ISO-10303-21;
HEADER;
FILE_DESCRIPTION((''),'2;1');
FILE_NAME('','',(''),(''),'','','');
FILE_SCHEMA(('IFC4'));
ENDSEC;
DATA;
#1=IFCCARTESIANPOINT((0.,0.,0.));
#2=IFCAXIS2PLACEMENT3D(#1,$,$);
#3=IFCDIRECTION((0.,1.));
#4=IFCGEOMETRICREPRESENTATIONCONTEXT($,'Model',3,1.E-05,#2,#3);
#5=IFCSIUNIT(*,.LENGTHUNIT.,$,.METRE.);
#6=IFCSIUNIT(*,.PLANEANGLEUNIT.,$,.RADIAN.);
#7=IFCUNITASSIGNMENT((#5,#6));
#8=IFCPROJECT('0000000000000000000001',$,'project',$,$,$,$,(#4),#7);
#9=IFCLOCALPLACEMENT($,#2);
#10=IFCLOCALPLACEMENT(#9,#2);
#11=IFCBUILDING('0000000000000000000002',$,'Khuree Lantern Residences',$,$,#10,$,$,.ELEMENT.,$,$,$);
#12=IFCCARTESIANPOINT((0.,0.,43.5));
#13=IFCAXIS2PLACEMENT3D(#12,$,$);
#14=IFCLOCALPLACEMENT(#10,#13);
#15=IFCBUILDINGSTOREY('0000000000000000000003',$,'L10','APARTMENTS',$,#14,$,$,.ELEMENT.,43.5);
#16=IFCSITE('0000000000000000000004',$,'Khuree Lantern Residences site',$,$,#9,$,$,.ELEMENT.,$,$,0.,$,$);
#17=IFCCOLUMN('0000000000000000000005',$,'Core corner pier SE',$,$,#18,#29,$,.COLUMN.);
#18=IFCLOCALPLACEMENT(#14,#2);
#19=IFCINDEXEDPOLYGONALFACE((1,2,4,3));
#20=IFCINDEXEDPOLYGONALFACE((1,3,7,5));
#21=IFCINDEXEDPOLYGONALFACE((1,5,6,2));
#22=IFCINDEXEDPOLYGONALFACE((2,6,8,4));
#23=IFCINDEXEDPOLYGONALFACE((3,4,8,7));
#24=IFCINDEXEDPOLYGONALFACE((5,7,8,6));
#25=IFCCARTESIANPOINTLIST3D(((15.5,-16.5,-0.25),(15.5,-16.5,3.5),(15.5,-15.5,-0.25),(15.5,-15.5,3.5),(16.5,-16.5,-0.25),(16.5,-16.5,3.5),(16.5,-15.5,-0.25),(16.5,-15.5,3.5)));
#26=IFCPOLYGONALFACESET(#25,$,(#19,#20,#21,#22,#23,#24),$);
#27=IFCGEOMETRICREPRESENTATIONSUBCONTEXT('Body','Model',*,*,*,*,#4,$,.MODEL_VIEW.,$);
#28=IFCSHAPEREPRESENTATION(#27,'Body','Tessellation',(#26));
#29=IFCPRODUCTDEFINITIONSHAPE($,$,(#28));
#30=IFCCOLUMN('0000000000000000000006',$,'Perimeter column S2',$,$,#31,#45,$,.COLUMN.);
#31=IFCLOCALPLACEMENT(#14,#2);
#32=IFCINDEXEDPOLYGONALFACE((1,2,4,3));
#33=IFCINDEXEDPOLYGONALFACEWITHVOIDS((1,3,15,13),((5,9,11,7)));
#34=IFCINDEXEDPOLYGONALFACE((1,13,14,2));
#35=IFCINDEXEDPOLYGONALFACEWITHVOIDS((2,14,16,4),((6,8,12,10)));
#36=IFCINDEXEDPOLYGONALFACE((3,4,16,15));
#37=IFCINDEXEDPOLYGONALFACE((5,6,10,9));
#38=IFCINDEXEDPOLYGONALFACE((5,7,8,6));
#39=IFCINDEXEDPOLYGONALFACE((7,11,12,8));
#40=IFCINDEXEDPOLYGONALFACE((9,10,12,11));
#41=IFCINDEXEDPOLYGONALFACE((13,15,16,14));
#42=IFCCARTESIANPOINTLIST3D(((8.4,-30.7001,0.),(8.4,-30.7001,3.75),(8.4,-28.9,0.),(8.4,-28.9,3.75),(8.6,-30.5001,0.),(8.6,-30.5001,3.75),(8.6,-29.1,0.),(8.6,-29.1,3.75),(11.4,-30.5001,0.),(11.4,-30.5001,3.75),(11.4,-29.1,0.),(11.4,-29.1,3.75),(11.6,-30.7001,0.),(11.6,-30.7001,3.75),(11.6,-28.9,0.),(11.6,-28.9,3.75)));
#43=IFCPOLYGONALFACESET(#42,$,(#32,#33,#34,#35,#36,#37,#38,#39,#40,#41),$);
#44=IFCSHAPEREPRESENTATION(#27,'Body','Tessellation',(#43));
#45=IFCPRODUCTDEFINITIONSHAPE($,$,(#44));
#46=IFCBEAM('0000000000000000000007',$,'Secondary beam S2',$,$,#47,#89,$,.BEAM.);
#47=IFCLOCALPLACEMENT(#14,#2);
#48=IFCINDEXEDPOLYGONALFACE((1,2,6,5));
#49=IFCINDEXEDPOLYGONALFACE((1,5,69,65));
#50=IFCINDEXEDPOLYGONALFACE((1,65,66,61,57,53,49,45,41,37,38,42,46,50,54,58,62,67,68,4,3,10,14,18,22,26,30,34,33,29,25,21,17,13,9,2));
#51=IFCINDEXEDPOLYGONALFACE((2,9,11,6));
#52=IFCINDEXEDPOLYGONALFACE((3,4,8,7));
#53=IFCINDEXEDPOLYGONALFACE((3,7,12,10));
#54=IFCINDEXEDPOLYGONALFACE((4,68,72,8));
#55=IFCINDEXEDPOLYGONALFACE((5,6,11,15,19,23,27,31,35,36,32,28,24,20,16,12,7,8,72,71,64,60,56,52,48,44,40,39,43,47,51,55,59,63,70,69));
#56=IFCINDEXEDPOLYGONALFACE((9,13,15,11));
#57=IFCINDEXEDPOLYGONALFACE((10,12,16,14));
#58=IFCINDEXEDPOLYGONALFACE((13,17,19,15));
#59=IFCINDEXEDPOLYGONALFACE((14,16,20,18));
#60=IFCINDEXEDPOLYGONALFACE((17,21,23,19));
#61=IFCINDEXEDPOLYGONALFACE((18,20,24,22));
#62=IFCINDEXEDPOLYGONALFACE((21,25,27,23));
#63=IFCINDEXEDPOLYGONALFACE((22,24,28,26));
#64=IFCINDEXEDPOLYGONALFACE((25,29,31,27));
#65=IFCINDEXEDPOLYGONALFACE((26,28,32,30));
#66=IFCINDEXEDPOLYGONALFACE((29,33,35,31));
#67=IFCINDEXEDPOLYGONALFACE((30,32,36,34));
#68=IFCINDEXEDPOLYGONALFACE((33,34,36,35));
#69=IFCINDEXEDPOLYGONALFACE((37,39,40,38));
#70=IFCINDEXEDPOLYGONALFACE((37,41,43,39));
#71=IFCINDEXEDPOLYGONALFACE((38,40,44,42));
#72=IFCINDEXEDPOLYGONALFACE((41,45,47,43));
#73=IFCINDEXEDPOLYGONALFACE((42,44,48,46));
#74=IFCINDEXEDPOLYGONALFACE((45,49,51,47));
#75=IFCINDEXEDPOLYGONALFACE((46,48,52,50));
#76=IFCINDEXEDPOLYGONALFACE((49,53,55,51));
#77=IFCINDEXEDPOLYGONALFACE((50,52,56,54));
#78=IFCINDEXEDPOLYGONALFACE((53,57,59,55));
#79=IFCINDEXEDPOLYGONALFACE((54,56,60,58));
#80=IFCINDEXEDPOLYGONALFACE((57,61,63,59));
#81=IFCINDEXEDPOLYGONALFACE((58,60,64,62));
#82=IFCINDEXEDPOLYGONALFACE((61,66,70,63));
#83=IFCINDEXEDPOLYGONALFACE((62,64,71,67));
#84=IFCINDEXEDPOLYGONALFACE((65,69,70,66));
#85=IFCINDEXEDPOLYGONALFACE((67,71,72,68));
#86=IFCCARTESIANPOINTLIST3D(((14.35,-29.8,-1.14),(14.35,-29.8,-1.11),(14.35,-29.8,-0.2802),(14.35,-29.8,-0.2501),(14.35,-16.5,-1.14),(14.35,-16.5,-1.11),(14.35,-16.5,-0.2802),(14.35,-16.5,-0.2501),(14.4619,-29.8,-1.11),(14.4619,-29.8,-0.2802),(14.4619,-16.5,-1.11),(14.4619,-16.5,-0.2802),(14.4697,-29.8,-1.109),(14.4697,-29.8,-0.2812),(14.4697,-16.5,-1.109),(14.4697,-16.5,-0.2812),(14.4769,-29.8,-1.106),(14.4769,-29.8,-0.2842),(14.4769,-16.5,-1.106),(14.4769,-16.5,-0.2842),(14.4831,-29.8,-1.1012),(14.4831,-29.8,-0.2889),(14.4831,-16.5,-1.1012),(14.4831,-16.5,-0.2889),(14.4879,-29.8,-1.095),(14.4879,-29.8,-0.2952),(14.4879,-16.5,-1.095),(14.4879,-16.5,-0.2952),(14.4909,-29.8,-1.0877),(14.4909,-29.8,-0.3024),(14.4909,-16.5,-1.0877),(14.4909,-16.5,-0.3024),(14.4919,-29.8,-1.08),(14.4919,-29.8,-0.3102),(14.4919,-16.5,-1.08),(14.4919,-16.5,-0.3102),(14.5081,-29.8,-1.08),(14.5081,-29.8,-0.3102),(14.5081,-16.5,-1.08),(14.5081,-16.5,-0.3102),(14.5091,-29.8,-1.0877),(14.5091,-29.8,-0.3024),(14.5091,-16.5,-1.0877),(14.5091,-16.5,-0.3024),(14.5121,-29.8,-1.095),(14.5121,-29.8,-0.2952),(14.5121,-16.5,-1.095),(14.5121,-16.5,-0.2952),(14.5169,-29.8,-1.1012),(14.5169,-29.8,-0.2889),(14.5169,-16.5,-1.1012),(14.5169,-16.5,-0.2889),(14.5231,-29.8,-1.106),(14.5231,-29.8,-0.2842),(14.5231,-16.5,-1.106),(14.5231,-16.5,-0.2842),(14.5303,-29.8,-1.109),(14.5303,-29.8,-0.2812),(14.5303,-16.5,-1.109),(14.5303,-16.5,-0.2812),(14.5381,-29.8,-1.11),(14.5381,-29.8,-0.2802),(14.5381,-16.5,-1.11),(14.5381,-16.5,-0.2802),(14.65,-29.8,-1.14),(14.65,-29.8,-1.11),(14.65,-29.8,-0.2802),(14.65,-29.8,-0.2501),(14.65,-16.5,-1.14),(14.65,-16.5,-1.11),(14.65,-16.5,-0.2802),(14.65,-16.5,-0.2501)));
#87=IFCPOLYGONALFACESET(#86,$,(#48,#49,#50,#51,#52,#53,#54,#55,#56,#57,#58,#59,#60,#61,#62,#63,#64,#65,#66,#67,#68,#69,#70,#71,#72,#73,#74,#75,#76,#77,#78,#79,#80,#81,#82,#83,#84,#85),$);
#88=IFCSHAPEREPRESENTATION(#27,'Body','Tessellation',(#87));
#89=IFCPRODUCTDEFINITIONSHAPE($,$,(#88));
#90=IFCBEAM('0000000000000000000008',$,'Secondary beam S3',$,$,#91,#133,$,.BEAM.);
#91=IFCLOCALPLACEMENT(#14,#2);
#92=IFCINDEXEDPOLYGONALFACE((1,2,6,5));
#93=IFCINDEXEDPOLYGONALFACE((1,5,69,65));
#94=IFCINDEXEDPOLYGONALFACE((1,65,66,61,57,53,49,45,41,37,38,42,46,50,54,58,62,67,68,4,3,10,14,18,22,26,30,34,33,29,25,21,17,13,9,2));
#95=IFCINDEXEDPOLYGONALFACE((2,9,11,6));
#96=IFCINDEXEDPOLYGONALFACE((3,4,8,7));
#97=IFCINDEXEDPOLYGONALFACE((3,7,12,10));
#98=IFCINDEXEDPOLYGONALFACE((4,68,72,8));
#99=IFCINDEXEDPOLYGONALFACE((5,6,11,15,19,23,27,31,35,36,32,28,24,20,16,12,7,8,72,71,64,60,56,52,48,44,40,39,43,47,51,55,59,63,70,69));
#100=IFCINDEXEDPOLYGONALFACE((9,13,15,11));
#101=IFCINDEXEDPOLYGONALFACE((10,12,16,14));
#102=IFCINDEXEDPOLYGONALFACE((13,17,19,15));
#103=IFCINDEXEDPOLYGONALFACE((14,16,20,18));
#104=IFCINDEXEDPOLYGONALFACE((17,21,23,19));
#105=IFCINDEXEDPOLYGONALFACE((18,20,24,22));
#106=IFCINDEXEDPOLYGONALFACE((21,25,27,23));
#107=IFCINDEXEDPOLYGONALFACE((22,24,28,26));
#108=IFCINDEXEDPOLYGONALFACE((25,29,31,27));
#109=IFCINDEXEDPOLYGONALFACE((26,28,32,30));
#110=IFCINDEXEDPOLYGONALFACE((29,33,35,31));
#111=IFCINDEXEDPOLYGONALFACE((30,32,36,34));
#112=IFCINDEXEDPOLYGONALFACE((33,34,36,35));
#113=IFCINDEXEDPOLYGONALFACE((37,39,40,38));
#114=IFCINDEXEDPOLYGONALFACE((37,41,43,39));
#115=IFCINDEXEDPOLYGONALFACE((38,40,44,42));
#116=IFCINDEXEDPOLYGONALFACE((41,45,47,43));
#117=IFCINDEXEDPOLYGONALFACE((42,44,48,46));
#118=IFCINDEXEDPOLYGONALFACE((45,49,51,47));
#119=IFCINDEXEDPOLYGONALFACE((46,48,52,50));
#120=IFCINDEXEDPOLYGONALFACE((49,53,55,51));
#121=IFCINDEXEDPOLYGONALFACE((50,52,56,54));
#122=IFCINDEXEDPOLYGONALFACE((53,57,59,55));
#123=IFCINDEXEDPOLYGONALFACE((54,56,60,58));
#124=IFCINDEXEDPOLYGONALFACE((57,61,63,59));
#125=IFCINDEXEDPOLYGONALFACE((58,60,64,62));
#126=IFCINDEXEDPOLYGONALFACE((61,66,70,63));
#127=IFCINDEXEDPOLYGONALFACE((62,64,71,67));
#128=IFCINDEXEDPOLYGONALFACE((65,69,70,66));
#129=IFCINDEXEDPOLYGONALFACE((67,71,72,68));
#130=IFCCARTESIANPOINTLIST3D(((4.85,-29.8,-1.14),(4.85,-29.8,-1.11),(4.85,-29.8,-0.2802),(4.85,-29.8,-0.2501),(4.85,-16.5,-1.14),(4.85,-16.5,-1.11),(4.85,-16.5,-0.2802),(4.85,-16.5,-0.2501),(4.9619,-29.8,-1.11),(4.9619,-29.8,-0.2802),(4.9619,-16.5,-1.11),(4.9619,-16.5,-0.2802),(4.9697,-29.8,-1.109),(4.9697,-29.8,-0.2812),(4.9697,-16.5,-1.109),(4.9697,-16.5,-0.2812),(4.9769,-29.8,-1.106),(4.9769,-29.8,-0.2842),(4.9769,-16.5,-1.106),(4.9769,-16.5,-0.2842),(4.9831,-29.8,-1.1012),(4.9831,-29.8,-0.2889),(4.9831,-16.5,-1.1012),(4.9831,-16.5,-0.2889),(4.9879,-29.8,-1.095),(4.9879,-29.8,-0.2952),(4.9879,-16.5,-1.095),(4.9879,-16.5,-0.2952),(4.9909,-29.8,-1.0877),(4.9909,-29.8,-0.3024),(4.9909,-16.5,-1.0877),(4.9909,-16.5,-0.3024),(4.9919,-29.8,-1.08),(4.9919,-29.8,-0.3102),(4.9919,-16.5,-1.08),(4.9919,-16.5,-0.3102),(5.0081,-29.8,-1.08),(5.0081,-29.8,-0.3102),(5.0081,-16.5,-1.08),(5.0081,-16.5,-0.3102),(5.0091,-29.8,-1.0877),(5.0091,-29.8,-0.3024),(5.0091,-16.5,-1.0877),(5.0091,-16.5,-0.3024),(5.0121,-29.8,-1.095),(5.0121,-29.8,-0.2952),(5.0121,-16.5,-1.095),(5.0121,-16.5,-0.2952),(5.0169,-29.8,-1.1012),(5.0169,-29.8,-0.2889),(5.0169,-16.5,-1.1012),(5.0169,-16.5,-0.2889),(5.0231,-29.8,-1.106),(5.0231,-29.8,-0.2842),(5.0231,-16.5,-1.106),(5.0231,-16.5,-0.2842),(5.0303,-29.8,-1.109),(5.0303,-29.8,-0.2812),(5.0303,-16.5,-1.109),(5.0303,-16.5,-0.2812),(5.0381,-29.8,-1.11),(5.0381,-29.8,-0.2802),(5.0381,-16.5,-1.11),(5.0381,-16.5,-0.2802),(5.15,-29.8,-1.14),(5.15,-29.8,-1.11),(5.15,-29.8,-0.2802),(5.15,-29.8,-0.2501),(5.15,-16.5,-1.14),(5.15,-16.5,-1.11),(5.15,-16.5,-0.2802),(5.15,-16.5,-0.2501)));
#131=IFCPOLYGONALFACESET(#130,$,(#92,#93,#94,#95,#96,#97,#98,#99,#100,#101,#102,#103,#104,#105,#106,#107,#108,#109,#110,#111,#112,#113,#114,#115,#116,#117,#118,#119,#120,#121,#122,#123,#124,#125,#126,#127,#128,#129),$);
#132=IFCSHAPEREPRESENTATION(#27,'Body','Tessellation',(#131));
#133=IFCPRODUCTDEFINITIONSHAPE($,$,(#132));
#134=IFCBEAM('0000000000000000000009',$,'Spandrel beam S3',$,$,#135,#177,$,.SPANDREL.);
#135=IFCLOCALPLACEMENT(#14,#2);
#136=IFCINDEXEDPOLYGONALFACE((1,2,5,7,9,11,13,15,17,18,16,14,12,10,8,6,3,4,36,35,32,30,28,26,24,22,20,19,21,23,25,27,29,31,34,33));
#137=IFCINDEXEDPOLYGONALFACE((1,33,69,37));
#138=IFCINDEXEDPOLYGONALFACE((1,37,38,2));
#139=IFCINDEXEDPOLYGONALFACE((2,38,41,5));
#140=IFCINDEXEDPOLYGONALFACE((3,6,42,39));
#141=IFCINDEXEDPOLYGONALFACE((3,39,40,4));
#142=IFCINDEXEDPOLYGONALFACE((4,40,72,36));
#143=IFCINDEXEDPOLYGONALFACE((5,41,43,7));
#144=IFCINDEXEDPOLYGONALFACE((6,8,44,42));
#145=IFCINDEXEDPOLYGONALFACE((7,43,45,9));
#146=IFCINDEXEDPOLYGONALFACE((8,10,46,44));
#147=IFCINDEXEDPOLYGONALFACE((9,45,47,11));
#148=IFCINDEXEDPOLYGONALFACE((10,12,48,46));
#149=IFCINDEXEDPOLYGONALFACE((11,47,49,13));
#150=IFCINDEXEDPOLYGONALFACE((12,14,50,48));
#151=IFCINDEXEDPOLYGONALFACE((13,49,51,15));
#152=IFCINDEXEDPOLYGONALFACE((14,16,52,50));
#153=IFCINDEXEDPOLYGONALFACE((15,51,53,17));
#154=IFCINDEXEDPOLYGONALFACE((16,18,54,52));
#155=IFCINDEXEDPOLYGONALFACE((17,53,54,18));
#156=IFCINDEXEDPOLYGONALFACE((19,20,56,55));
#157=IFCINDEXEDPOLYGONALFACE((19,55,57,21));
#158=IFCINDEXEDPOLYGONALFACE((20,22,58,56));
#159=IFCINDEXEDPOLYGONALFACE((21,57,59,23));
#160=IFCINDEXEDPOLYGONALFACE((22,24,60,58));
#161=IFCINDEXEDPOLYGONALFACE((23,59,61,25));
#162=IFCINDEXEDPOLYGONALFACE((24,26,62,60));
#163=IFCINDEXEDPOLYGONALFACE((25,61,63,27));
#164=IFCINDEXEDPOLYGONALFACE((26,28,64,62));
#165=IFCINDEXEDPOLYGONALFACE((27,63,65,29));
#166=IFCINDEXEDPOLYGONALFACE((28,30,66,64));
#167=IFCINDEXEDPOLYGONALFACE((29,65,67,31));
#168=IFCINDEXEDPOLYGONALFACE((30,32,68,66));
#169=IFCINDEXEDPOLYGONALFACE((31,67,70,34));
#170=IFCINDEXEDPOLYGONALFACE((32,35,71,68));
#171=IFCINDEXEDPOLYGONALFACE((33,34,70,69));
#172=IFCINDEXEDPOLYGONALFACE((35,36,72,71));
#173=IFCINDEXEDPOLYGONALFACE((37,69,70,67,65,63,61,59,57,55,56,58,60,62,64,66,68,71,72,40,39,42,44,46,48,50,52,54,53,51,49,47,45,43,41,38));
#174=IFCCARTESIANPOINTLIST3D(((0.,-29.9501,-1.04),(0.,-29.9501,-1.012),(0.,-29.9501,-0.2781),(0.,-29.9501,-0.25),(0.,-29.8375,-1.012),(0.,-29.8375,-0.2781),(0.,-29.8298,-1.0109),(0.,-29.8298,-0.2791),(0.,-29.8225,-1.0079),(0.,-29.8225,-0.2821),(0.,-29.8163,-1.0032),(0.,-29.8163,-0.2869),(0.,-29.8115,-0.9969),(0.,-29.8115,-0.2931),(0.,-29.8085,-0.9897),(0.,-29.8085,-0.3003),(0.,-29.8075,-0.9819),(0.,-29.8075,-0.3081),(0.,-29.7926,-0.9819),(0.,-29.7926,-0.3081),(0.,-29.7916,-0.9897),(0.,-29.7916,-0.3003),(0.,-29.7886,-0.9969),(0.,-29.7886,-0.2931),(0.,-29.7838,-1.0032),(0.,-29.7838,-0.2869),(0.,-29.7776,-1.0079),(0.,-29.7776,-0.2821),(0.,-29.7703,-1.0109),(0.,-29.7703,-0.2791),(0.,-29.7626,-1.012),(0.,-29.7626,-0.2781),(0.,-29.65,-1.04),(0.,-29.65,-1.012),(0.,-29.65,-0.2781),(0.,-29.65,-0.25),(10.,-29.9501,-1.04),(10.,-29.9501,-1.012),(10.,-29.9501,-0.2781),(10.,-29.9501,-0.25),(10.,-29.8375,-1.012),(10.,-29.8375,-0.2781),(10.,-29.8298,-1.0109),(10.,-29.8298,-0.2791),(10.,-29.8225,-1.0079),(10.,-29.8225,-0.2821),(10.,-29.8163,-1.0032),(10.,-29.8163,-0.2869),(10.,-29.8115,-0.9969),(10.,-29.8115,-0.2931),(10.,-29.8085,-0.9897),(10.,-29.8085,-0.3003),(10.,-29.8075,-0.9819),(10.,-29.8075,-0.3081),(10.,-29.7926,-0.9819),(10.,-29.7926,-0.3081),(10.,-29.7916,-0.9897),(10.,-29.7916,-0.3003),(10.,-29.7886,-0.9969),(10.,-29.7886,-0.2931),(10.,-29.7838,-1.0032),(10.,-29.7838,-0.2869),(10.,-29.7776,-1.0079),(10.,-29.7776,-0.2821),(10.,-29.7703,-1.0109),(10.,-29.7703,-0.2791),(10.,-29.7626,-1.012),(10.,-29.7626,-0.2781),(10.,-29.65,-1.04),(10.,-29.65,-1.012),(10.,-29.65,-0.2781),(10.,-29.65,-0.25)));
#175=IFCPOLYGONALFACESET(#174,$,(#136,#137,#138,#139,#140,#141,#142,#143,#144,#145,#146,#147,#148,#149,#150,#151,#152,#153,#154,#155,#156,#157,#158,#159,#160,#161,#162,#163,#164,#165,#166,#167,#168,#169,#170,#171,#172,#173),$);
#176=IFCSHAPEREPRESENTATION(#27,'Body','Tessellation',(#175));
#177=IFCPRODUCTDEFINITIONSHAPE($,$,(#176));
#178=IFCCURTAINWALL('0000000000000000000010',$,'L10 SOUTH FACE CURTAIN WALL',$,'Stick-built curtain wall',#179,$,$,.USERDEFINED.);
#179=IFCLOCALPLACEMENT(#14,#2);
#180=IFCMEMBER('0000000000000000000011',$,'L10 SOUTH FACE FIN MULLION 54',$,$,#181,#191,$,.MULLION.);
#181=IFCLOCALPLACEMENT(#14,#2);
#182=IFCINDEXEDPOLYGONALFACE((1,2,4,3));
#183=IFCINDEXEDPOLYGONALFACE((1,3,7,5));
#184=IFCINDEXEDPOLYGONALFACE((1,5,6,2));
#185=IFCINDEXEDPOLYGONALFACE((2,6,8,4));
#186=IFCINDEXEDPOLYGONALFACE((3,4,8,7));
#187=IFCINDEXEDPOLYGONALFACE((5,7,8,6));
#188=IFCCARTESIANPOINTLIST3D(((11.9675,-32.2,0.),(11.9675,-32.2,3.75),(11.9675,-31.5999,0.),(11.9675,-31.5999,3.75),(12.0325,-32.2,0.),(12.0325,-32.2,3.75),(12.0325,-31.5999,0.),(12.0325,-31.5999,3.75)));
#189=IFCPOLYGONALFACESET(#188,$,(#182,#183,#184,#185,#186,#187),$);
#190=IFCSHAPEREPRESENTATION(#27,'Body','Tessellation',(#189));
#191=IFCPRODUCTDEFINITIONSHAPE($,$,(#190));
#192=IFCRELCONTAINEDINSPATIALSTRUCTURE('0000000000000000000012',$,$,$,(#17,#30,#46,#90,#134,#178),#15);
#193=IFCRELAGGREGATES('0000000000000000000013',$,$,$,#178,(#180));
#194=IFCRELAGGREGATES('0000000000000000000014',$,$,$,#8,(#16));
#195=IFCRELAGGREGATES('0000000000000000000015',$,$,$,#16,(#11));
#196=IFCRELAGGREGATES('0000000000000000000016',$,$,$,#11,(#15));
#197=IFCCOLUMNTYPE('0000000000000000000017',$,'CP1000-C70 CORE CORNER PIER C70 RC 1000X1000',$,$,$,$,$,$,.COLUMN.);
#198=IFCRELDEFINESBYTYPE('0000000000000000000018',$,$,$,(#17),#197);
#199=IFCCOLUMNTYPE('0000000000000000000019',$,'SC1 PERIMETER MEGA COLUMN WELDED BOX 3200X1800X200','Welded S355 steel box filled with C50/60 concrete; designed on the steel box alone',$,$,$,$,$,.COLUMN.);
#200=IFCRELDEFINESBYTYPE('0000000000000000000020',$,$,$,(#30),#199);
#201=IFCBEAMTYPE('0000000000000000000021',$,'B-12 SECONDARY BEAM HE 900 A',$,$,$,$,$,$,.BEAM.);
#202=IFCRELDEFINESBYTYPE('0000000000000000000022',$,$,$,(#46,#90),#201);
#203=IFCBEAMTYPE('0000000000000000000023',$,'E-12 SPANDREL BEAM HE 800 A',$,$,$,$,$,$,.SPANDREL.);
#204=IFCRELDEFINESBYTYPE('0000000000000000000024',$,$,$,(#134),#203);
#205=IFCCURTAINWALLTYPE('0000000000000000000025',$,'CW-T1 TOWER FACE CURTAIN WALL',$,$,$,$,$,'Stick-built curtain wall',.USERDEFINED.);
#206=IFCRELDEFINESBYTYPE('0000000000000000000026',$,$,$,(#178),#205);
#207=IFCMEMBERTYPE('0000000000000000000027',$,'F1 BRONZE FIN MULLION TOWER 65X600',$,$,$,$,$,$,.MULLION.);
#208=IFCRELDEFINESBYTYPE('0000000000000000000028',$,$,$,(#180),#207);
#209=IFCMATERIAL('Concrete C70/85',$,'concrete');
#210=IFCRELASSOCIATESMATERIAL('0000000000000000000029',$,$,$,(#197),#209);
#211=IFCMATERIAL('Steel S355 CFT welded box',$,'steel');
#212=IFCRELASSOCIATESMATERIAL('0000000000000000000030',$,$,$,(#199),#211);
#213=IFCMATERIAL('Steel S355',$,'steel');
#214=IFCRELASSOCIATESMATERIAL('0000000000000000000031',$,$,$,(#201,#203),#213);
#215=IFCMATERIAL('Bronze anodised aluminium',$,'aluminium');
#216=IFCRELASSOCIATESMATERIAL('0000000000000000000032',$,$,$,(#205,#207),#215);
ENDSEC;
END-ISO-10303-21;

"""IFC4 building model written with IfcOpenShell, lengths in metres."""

from ifc_helpers import new_model, si_unit, direction, frame, origin, origin_2d, place, context, subcontext, project, spatial, rectangle, hollow_rectangle, i_section, extrude, material, material_profile, profile_set, type_object, element, aggregate, save


model = new_model("IFC4")

# Units and contexts
model_context = context("Model", 3, precision=1e-05, world=origin(), true_north=direction((0.0, 1.0)))
body_context = subcontext(model_context, "Body", "Model", "MODEL_VIEW")
ifc_project = project(units=[si_unit("LENGTHUNIT", "METRE"), si_unit("PLANEANGLEUNIT", "RADIAN")], contexts=[model_context])

# Site, building, storey
site_placement = place(None, origin())
site = spatial("IfcSite", under=ifc_project, at=site_placement, Name="Khuree Lantern Residences site", CompositionType="ELEMENT", RefElevation=0.0)
building_placement = place(site_placement, origin())
building = spatial("IfcBuilding", under=site, at=building_placement, Name="Khuree Lantern Residences", CompositionType="ELEMENT")
storey_placement = place(building_placement, frame((0.0, 0.0, 43.5)))
storey = spatial("IfcBuildingStorey", under=building, at=storey_placement, Name="L10", Description="APARTMENTS", CompositionType="ELEMENT", Elevation=43.5)

# Columns
ifc_material_1 = material(Name="Concrete C70/85", Category="concrete")
ifc_material_profile_1 = material_profile(ifc_material_1, rectangle(XDim=1.0, YDim=1.0, at=origin_2d()), Name="RC 1000X1000")
ifc_profile_set_1 = profile_set([ifc_material_profile_1], Name="Concrete C70/85")
column_type_1 = type_object("IfcColumnType", Name="CP1000-C70 CORE CORNER PIER C70 RC 1000X1000", PredefinedType="COLUMN", material=ifc_profile_set_1)
column_1_placement = place(storey_placement, frame((16.0, -16.0, -0.25), z_axis=(0.0, 0.0, 1.0), x_axis=(1.0, 0.0, 0.0)))
element("IfcColumn", 1, at=column_1_placement, inside=storey, type_object=column_type_1, Name="Core corner pier SE", PredefinedType="COLUMN", context=body_context, shape_type="SweptSolid", body=[
    extrude(rectangle(XDim=1.0, YDim=1.0, at=origin_2d()), origin(), (0.0, 0.0, 1.0), 3.75),
])
ifc_material_2 = material(Name="Steel S355 CFT welded box", Category="steel")
ifc_material_profile_2 = material_profile(ifc_material_2, hollow_rectangle(XDim=3.2, YDim=1.8, WallThickness=0.2, at=origin_2d()), Name="WELDED BOX 3200X1800X200")
ifc_profile_set_2 = profile_set([ifc_material_profile_2], Name="Steel S355 CFT welded box")
column_type_2 = type_object("IfcColumnType", Name="SC1 PERIMETER MEGA COLUMN WELDED BOX 3200X1800X200", Description="Welded S355 steel box filled with C50/60 concrete; designed on the steel box alone", PredefinedType="COLUMN", material=ifc_profile_set_2)
column_2_placement = place(storey_placement, frame((10.0, -29.8, 0.0), z_axis=(0.0, 0.0, 1.0), x_axis=(1.0, 0.0, 0.0)))
element("IfcColumn", 2, at=column_2_placement, inside=storey, type_object=column_type_2, Name="Perimeter column S2", PredefinedType="COLUMN", context=body_context, shape_type="SweptSolid", body=[
    extrude(hollow_rectangle(XDim=3.2, YDim=1.8, WallThickness=0.2, at=origin_2d()), origin(), (0.0, 0.0, 1.0), 3.75),
])

# Beams
ifc_material_3 = material(Name="Steel S355", Category="steel")
ifc_material_profile_3 = material_profile(ifc_material_3, i_section(OverallWidth=0.3, OverallDepth=0.8899, WebThickness=0.0161, FlangeThickness=0.03, FilletRadius=0.03, at=origin_2d()), Name="HE 900 A")
ifc_profile_set_3 = profile_set([ifc_material_profile_3], Name="Steel S355")
beam_type_1 = type_object("IfcBeamType", Name="B-12 SECONDARY BEAM HE 900 A", PredefinedType="BEAM", material=ifc_profile_set_3)
for number, where, z_axis, x_axis, name in (
    (3, (14.5, -29.8, -0.6951), (0.0, 1.0, 0.0), (-1.0, 0.0, 0.0), "Secondary beam S2"),
    (4, (5.0, -29.8, -0.6951), (0.0, 1.0, 0.0), (-1.0, 0.0, 0.0), "Secondary beam S3"),
):
    element("IfcBeam", number, at=place(storey_placement, frame(where, z_axis=z_axis, x_axis=x_axis)), inside=storey, type_object=beam_type_1, Name=name, PredefinedType="BEAM", context=body_context, shape_type="SweptSolid", body=[
        extrude(i_section(OverallWidth=0.3, OverallDepth=0.8899, WebThickness=0.0161, FlangeThickness=0.03, FilletRadius=0.03, at=origin_2d()), origin(), (0.0, 0.0, 1.0), 13.3),
    ])
ifc_material_profile_4 = material_profile(ifc_material_3, i_section(OverallWidth=0.3, OverallDepth=0.79, WebThickness=0.0149, FlangeThickness=0.0281, FilletRadius=0.03, at=origin_2d()), Name="HE 800 A")
ifc_profile_set_4 = profile_set([ifc_material_profile_4], Name="Steel S355")
beam_type_2 = type_object("IfcBeamType", Name="E-12 SPANDREL BEAM HE 800 A", PredefinedType="SPANDREL", material=ifc_profile_set_4)
beam_1_placement = place(storey_placement, frame((10.0, -29.8, -0.645), z_axis=(-1.0, 0.0, 0.0), x_axis=(0.0, -1.0, 0.0)))
element("IfcBeam", 5, at=beam_1_placement, inside=storey, type_object=beam_type_2, Name="Spandrel beam S3", PredefinedType="SPANDREL", context=body_context, shape_type="SweptSolid", body=[
    extrude(i_section(OverallWidth=0.3, OverallDepth=0.79, WebThickness=0.0149, FlangeThickness=0.0281, FilletRadius=0.03, at=origin_2d()), origin(), (0.0, 0.0, 1.0), 10.0),
])

# Curtain wall, member
ifc_material_4 = material(Name="Bronze anodised aluminium", Category="aluminium")
curtain_wall_type = type_object("IfcCurtainWallType", Name="CW-T1 TOWER FACE CURTAIN WALL", ElementType="Stick-built curtain wall", PredefinedType="USERDEFINED", material=ifc_material_4)
curtain_wall_placement = place(storey_placement, origin())
curtain_wall = element("IfcCurtainWall", 6, at=curtain_wall_placement, inside=storey, type_object=curtain_wall_type, Name="L10 SOUTH FACE CURTAIN WALL", ObjectType="Stick-built curtain wall", PredefinedType="USERDEFINED")
ifc_material_profile_5 = material_profile(ifc_material_4, rectangle(XDim=0.0649, YDim=0.6001, at=origin_2d()), Name="F1 65X600")
ifc_profile_set_5 = profile_set([ifc_material_profile_5], Name="Bronze anodised aluminium")
member_type_1 = type_object("IfcMemberType", Name="F1 BRONZE FIN MULLION TOWER 65X600", PredefinedType="MULLION", material=ifc_profile_set_5)
member_1_placement = place(storey_placement, frame((12.0, -31.8999, 0.0), z_axis=(0.0, 0.0, 1.0), x_axis=(1.0, 0.0, 0.0)))
member_1 = element("IfcMember", 7, at=member_1_placement, type_object=member_type_1, Name="L10 SOUTH FACE FIN MULLION 54", PredefinedType="MULLION", context=body_context, shape_type="SweptSolid", body=[
    extrude(rectangle(XDim=0.0649, YDim=0.6001, at=origin_2d()), origin(), (0.0, 0.0, 1.0), 3.75),
])

aggregate(curtain_wall, [member_1])

save(model, "model.ifc")
